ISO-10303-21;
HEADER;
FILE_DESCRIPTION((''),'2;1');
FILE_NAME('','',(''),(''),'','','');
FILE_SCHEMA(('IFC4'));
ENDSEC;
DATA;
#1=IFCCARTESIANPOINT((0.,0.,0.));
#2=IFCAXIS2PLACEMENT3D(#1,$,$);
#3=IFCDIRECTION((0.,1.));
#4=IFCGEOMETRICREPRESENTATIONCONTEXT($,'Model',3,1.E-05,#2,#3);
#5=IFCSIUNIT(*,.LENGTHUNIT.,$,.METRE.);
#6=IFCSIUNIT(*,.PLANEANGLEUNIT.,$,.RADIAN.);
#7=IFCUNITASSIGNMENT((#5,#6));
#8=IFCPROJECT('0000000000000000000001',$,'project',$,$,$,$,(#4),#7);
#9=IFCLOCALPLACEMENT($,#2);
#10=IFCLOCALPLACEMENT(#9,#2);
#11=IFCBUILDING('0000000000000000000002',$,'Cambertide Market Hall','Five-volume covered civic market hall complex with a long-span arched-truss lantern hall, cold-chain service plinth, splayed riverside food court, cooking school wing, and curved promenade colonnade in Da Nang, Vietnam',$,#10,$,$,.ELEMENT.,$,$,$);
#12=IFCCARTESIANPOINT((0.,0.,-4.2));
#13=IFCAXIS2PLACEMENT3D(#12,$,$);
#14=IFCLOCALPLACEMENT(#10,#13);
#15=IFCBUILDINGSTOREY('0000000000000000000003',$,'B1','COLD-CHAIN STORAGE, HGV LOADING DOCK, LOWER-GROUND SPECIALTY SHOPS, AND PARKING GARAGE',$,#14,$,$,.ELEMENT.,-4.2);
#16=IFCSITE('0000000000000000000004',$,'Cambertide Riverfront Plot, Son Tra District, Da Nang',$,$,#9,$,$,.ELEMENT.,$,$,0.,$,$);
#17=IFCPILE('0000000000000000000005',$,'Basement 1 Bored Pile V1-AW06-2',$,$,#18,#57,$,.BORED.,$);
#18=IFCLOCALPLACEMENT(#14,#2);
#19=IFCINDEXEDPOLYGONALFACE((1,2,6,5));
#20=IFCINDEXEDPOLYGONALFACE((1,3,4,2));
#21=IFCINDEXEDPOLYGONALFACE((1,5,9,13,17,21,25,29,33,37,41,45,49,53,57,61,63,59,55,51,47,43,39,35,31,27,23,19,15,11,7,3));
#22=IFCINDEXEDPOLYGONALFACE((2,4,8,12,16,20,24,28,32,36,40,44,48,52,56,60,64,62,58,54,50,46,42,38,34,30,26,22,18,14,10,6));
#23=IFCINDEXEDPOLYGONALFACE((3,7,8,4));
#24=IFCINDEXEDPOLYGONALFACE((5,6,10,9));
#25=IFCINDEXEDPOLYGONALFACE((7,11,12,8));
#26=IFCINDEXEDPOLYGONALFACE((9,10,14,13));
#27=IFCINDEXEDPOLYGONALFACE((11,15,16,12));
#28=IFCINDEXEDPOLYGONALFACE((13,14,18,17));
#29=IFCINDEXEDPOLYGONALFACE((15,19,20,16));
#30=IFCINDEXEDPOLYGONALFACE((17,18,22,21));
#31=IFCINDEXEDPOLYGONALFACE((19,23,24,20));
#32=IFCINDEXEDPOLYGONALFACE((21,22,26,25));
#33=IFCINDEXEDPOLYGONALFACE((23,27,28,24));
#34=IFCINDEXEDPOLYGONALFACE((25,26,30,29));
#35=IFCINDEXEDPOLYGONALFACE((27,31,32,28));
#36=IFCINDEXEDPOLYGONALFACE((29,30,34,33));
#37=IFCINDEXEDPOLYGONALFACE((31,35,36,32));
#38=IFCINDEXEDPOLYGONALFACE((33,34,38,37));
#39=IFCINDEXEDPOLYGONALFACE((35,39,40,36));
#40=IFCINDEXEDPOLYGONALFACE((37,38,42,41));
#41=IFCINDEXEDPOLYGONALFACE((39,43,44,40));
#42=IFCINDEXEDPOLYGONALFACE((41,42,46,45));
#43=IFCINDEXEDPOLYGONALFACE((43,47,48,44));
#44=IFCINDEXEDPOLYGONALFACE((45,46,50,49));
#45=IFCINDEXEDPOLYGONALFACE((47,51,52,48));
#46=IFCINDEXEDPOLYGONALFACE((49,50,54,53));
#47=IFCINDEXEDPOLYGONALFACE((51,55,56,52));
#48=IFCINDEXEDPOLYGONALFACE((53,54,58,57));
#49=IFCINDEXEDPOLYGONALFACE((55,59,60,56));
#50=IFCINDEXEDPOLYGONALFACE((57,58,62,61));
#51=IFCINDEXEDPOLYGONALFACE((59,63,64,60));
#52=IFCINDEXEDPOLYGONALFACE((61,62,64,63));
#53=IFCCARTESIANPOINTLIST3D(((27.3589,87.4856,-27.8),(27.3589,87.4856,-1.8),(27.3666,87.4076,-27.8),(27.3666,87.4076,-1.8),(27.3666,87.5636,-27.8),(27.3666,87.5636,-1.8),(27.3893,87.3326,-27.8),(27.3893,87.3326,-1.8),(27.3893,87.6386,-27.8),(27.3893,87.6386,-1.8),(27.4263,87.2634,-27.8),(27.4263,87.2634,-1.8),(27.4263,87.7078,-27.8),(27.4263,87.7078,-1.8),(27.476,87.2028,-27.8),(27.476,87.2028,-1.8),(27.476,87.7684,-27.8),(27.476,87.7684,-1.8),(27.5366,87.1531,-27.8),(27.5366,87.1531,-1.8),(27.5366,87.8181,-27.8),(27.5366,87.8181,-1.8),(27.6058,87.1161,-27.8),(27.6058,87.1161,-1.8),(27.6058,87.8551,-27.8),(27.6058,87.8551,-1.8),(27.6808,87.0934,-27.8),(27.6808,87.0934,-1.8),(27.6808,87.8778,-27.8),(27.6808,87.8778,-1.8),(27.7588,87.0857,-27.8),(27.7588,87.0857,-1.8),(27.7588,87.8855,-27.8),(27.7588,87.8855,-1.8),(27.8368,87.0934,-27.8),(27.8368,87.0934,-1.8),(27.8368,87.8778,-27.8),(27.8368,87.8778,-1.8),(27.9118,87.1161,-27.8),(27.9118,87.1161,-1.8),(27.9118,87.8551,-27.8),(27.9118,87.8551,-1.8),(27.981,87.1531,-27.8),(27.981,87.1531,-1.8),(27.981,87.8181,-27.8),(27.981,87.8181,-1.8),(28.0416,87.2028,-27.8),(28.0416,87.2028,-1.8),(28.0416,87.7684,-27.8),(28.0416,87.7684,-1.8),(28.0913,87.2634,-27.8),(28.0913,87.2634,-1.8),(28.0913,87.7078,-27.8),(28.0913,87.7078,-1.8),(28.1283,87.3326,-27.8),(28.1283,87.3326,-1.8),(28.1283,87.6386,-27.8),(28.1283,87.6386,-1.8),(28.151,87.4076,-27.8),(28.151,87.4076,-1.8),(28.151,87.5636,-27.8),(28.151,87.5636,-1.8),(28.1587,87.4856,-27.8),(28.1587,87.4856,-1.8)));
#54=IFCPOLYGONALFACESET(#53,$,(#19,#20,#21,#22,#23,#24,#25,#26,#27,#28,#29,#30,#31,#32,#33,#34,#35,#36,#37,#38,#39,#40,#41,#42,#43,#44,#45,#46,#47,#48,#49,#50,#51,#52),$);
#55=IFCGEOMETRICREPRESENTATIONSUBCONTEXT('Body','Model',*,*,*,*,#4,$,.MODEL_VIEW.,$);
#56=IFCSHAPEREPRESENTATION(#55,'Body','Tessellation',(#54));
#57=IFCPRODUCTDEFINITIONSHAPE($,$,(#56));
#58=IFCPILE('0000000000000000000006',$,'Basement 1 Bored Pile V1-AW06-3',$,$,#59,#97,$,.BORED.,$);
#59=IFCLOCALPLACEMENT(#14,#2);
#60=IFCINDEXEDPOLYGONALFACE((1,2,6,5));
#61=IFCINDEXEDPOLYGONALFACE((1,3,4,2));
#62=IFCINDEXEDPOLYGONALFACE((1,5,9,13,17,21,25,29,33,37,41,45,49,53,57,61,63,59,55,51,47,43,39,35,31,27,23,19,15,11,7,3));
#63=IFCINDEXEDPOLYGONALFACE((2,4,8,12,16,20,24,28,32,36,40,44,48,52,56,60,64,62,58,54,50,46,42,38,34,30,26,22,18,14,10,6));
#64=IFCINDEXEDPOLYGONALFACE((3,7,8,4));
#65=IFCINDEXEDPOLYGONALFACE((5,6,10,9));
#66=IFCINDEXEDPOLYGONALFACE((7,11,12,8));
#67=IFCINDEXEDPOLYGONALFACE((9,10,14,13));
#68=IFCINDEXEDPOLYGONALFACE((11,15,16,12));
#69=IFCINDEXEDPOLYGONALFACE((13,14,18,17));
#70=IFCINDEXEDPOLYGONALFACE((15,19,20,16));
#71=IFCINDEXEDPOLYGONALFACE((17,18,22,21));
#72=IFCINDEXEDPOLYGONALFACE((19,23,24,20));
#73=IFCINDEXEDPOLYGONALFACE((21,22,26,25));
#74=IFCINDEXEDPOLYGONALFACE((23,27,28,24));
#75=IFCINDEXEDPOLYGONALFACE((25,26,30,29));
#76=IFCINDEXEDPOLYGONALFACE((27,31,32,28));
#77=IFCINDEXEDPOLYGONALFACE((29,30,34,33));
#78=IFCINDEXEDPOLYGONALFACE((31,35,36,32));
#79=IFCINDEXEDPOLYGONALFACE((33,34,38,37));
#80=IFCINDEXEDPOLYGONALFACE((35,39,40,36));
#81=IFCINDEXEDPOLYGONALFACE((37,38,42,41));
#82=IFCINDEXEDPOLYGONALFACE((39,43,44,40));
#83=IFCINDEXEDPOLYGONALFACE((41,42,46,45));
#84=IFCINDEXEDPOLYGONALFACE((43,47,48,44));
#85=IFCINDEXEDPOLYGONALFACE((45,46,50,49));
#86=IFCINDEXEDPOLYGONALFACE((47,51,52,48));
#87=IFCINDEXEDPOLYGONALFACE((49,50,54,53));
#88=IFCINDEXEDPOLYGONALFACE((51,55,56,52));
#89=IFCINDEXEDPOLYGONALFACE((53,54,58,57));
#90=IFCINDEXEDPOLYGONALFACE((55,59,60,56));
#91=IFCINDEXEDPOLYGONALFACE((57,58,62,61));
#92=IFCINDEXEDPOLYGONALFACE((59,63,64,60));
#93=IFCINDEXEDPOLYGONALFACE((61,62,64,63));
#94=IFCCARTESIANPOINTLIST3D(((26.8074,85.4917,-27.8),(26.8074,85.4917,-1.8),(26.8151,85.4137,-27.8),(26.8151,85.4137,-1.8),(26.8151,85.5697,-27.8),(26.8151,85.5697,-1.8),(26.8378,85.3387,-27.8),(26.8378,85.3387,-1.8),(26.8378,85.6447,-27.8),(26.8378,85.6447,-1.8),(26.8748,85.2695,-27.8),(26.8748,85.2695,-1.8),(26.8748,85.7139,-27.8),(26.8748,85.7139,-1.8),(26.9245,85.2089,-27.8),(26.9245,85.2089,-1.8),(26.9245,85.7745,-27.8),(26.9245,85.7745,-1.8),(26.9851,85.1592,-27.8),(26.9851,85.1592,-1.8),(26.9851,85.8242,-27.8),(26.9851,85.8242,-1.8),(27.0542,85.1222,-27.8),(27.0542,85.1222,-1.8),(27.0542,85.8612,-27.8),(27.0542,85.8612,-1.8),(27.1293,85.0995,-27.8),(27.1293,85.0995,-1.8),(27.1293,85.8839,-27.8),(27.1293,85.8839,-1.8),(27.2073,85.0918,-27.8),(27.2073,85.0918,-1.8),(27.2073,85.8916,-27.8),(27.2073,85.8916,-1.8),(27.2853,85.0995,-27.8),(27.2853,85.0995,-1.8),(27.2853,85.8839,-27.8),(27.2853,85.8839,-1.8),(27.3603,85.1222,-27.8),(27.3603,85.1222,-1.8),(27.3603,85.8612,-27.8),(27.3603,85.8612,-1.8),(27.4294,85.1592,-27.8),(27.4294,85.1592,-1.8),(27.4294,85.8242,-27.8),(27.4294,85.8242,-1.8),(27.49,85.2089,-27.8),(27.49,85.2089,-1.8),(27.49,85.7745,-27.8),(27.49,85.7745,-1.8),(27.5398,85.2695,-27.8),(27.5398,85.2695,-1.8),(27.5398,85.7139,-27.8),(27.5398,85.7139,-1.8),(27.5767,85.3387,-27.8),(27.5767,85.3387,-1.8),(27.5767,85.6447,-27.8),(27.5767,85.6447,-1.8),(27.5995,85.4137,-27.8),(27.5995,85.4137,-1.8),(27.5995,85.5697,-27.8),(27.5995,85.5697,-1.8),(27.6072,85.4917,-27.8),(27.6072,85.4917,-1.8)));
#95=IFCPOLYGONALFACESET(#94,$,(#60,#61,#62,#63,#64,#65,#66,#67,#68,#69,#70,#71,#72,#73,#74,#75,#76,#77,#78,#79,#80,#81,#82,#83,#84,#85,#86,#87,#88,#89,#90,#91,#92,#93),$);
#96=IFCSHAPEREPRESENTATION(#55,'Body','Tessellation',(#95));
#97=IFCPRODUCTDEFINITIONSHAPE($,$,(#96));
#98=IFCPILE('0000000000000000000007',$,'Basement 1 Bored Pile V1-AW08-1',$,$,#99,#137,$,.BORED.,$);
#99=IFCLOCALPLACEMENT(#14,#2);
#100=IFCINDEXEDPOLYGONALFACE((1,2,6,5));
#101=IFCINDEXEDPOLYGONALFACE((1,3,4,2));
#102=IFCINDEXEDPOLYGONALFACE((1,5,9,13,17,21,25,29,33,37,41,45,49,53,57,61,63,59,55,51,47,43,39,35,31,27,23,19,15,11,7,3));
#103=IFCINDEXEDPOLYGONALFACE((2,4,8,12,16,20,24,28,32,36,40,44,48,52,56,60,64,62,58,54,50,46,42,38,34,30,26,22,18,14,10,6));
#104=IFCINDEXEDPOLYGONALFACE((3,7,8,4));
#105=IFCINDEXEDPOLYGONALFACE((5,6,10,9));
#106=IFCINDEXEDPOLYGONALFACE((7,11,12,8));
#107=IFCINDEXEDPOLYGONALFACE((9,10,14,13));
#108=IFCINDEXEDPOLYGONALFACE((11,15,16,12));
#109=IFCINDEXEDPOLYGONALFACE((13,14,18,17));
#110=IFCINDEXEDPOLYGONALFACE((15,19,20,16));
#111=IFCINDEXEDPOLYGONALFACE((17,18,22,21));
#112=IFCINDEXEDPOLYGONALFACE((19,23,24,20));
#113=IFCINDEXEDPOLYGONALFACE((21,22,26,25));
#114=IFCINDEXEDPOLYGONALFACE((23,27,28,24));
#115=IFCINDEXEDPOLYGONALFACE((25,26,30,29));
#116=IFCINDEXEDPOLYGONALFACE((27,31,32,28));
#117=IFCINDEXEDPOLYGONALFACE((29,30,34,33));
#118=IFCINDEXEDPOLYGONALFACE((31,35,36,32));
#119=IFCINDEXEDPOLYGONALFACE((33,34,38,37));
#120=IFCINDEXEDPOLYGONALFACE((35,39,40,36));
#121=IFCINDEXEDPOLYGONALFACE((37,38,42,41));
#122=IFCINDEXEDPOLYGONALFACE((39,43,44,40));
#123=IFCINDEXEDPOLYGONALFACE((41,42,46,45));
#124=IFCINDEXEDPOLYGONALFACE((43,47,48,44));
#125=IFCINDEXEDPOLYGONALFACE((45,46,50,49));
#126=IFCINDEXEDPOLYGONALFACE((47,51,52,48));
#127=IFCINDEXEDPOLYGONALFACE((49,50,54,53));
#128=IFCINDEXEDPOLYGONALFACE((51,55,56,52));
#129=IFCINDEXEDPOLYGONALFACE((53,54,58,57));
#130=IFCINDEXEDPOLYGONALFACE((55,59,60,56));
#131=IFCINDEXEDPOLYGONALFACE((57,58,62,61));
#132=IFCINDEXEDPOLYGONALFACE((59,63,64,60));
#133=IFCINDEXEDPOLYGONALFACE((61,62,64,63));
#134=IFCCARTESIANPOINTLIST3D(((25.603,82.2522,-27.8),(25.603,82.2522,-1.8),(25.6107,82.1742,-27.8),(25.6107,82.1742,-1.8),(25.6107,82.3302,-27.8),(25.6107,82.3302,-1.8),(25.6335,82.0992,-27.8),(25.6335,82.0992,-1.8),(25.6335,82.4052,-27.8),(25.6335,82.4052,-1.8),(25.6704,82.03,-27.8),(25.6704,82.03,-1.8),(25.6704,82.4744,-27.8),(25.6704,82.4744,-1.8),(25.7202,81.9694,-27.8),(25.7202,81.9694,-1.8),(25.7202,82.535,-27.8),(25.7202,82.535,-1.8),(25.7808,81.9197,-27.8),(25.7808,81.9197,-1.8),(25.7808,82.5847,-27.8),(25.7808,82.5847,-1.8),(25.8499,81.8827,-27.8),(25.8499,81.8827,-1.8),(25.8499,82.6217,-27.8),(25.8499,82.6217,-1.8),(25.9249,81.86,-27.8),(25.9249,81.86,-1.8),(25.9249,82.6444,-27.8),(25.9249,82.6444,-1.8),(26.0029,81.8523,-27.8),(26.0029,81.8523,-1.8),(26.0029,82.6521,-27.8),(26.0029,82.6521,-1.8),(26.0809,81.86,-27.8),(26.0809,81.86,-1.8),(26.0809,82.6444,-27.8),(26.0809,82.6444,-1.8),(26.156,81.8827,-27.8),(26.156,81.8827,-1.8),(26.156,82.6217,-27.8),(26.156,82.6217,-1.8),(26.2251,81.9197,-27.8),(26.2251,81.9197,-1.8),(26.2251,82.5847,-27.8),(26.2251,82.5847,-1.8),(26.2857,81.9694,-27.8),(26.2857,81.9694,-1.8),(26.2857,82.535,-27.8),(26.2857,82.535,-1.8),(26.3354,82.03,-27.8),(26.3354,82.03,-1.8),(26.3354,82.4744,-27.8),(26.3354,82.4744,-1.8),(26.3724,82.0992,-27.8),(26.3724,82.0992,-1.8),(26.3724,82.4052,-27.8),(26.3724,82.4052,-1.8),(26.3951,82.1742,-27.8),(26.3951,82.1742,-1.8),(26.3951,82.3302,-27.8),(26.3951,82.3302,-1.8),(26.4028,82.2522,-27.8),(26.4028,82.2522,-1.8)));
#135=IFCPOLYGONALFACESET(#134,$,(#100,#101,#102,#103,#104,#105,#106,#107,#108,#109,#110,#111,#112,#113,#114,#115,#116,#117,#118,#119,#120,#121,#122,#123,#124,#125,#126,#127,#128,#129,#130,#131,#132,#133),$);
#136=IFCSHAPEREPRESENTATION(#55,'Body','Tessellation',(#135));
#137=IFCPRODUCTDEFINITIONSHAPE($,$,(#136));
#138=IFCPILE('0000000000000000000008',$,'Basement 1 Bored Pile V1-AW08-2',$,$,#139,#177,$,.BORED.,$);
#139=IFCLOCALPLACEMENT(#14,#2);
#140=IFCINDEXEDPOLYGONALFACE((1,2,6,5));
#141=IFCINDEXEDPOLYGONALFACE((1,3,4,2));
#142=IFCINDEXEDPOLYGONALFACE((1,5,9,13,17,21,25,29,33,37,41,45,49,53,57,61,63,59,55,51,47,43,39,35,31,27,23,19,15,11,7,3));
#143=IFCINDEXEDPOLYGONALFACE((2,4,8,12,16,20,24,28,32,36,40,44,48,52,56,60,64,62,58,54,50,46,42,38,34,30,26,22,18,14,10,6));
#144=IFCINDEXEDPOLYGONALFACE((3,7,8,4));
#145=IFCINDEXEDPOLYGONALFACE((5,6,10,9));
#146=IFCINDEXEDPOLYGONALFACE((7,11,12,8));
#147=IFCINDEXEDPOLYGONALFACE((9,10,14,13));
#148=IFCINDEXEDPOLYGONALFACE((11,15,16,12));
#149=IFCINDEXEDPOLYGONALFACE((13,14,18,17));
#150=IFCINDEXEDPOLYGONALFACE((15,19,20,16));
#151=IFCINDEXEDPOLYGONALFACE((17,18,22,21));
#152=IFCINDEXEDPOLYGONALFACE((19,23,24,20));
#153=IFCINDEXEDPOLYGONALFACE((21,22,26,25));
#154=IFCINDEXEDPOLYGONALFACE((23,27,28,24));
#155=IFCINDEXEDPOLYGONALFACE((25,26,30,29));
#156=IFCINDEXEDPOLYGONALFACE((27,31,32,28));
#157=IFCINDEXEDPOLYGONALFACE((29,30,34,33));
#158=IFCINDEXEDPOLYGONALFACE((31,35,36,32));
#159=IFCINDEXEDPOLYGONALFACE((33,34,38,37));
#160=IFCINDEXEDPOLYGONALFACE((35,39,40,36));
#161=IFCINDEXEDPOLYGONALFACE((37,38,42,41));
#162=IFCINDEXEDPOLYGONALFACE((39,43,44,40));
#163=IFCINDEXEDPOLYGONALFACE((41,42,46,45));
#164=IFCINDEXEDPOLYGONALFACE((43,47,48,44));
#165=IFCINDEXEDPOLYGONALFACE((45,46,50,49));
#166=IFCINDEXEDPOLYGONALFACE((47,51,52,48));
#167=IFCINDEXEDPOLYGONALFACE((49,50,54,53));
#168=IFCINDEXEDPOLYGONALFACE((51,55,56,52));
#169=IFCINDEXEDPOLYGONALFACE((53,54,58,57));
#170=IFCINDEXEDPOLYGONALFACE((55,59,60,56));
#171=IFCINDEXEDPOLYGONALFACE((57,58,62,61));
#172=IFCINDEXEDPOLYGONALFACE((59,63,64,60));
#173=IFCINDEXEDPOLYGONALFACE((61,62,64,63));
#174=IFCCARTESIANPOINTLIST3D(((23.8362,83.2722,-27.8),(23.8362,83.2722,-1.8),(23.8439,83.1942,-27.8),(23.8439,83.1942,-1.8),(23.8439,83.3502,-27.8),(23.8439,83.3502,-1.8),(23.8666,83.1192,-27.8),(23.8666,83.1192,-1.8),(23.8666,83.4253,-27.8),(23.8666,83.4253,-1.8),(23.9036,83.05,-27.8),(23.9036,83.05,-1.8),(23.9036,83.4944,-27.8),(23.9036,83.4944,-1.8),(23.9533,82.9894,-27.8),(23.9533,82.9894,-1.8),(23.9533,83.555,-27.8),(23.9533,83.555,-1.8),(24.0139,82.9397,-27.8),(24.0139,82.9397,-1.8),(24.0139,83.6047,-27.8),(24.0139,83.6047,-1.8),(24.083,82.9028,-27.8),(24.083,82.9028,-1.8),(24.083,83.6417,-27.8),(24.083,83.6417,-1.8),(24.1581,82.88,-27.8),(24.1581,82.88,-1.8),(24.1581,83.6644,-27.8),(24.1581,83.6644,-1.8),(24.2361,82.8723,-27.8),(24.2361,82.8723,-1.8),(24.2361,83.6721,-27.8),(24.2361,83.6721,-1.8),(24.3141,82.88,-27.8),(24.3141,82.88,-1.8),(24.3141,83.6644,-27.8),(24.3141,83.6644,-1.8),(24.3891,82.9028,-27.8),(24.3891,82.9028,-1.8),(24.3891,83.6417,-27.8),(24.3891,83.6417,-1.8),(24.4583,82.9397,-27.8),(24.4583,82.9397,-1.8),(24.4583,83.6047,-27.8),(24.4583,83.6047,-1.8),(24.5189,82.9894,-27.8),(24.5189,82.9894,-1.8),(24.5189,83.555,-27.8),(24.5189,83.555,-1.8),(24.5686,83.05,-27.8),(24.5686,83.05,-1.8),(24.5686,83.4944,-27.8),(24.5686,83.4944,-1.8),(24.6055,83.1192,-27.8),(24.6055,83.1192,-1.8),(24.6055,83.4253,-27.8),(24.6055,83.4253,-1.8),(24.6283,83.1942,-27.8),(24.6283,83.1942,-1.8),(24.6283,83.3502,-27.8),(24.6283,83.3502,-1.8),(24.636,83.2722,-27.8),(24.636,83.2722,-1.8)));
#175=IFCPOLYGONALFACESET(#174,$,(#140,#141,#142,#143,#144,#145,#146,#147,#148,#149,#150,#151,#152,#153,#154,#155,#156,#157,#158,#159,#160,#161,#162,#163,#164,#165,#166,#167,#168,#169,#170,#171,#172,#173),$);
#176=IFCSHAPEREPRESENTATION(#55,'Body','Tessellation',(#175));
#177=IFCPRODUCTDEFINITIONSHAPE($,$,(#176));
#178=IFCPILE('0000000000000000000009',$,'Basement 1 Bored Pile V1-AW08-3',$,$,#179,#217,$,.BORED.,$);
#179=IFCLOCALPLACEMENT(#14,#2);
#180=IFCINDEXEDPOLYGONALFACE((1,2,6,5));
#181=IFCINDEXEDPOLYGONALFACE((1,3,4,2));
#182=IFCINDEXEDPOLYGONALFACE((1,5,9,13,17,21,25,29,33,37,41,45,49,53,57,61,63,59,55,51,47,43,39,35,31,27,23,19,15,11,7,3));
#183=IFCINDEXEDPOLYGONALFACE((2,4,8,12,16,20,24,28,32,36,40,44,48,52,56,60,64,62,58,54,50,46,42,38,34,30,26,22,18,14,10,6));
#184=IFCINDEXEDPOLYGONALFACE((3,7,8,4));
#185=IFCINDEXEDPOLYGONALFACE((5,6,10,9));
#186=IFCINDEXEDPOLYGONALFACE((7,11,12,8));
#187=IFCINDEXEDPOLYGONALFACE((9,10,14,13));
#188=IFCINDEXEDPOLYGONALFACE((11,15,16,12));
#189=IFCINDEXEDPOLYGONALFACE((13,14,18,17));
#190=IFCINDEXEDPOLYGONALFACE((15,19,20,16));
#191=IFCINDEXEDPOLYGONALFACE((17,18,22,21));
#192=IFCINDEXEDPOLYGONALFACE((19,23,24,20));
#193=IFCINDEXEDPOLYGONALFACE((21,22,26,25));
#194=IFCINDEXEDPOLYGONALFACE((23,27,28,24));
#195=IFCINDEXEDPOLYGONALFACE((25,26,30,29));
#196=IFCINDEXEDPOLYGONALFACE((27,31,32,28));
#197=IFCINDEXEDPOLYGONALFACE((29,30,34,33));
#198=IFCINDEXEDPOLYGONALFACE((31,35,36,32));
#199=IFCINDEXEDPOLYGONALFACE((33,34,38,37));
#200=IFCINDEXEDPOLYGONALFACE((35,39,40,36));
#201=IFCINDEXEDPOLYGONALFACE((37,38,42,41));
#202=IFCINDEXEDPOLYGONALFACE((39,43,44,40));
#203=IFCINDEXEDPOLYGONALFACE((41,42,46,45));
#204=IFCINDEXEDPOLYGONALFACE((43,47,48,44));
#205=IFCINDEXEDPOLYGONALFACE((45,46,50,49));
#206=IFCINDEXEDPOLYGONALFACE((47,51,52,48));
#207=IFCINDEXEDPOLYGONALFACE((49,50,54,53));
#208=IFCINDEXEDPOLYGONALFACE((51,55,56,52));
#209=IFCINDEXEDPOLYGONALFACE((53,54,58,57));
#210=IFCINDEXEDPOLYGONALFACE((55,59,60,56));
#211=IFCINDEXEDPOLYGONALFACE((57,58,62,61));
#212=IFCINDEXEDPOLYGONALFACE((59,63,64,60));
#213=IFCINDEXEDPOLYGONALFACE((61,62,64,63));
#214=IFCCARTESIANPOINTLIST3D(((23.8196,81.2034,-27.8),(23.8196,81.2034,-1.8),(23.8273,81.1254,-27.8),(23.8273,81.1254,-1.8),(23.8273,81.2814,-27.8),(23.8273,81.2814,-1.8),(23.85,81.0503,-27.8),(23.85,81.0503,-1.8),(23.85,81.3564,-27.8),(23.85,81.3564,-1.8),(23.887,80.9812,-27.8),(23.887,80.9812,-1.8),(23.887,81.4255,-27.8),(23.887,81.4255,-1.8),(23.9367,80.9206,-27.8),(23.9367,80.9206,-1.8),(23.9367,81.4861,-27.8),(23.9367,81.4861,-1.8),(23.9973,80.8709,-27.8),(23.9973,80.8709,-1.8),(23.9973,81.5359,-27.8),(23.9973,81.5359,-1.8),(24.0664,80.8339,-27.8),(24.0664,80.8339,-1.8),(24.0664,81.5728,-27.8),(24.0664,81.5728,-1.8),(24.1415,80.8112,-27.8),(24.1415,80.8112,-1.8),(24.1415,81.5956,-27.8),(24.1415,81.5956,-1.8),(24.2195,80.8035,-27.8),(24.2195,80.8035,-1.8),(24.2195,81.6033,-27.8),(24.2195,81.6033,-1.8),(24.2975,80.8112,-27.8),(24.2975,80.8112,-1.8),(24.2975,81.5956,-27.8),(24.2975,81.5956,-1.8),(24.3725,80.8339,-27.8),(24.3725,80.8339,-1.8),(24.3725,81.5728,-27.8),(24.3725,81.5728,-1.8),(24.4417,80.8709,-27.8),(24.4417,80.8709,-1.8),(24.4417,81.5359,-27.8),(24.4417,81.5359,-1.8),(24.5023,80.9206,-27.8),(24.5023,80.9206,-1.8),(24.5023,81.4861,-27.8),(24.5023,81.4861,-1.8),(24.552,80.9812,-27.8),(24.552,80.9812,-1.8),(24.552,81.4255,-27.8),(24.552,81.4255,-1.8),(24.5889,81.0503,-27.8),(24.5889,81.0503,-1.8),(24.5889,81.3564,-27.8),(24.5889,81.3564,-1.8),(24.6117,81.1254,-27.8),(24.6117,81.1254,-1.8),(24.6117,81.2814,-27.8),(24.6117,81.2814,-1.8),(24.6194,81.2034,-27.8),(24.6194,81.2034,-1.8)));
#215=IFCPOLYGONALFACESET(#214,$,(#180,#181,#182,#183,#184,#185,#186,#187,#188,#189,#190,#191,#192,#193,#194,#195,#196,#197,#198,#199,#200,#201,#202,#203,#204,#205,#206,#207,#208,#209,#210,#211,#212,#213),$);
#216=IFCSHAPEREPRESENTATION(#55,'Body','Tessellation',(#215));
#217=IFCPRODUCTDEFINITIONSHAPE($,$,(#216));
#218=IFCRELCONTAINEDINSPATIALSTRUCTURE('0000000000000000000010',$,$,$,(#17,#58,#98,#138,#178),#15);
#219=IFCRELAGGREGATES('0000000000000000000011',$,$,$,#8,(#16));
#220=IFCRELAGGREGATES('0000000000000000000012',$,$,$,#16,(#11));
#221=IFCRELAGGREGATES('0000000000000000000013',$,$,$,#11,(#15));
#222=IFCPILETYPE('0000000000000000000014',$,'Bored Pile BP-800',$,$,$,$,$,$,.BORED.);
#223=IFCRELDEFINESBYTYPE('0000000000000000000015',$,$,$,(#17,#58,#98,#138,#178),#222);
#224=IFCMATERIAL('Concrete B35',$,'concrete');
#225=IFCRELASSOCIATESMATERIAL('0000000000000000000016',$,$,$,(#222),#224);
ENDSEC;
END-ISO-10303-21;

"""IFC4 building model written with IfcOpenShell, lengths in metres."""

from ifc_helpers import new_model, si_unit, direction, frame, origin, origin_2d, place, context, subcontext, project, spatial, circle, extrude, material, material_profile, profile_set, type_object, element, save


model = new_model("IFC4")

# Units and contexts
model_context = context("Model", 3, precision=1e-05, world=origin(), true_north=direction((0.0, 1.0)))
body_context = subcontext(model_context, "Body", "Model", "MODEL_VIEW")
ifc_project = project(units=[si_unit("LENGTHUNIT", "METRE"), si_unit("PLANEANGLEUNIT", "RADIAN")], contexts=[model_context])

# Site, building, storey
site_placement = place(None, origin())
site = spatial("IfcSite", under=ifc_project, at=site_placement, Name="Cambertide Riverfront Plot, Son Tra District, Da Nang", CompositionType="ELEMENT", RefElevation=0.0)
building_placement = place(site_placement, origin())
building = spatial("IfcBuilding", under=site, at=building_placement, Name="Cambertide Market Hall", Description="Five-volume covered civic market hall complex with a long-span arched-truss lantern hall, cold-chain service plinth, splayed riverside food court, cooking school wing, and curved promenade colonnade in Da Nang, Vietnam", CompositionType="ELEMENT")
storey_placement = place(building_placement, frame((0.0, 0.0, -4.2)))
storey = spatial("IfcBuildingStorey", under=building, at=storey_placement, Name="B1", Description="COLD-CHAIN STORAGE, HGV LOADING DOCK, LOWER-GROUND SPECIALTY SHOPS, AND PARKING GARAGE", CompositionType="ELEMENT", Elevation=-4.2)

# Piles
ifc_material_1 = material(Name="Concrete B35", Category="concrete")
ifc_material_profile_1 = material_profile(ifc_material_1, circle(Radius=0.3999, at=origin_2d()), Name="BP D800")
ifc_profile_set_1 = profile_set([ifc_material_profile_1], Name="Concrete B35")
pile_type_1 = type_object("IfcPileType", Name="Bored Pile BP-800", PredefinedType="BORED", material=ifc_profile_set_1)
for number, where, z_axis, x_axis, name in (
    (1, (27.7588, 87.4856, -1.8), (0.0, 0.0, -1.0), (1.0, 0.0, 0.0), "Basement 1 Bored Pile V1-AW06-2"),
    (2, (27.2073, 85.4917, -1.8), (0.0, 0.0, -1.0), (1.0, 0.0, 0.0), "Basement 1 Bored Pile V1-AW06-3"),
    (3, (26.0029, 82.2522, -1.8), (0.0, 0.0, -1.0), (1.0, 0.0, 0.0), "Basement 1 Bored Pile V1-AW08-1"),
    (4, (24.2361, 83.2722, -1.8), (0.0, 0.0, -1.0), (1.0, 0.0, 0.0), "Basement 1 Bored Pile V1-AW08-2"),
    (5, (24.2195, 81.2034, -1.8), (0.0, 0.0, -1.0), (1.0, 0.0, 0.0), "Basement 1 Bored Pile V1-AW08-3"),
):
    element("IfcPile", number, at=place(storey_placement, frame(where, z_axis=z_axis, x_axis=x_axis)), inside=storey, type_object=pile_type_1, Name=name, PredefinedType="BORED", context=body_context, shape_type="SweptSolid", body=[
        extrude(circle(Radius=0.3999, at=origin_2d()), origin(), (0.0, 0.0, 1.0), 26.0),
    ])

save(model, "model.ifc")
